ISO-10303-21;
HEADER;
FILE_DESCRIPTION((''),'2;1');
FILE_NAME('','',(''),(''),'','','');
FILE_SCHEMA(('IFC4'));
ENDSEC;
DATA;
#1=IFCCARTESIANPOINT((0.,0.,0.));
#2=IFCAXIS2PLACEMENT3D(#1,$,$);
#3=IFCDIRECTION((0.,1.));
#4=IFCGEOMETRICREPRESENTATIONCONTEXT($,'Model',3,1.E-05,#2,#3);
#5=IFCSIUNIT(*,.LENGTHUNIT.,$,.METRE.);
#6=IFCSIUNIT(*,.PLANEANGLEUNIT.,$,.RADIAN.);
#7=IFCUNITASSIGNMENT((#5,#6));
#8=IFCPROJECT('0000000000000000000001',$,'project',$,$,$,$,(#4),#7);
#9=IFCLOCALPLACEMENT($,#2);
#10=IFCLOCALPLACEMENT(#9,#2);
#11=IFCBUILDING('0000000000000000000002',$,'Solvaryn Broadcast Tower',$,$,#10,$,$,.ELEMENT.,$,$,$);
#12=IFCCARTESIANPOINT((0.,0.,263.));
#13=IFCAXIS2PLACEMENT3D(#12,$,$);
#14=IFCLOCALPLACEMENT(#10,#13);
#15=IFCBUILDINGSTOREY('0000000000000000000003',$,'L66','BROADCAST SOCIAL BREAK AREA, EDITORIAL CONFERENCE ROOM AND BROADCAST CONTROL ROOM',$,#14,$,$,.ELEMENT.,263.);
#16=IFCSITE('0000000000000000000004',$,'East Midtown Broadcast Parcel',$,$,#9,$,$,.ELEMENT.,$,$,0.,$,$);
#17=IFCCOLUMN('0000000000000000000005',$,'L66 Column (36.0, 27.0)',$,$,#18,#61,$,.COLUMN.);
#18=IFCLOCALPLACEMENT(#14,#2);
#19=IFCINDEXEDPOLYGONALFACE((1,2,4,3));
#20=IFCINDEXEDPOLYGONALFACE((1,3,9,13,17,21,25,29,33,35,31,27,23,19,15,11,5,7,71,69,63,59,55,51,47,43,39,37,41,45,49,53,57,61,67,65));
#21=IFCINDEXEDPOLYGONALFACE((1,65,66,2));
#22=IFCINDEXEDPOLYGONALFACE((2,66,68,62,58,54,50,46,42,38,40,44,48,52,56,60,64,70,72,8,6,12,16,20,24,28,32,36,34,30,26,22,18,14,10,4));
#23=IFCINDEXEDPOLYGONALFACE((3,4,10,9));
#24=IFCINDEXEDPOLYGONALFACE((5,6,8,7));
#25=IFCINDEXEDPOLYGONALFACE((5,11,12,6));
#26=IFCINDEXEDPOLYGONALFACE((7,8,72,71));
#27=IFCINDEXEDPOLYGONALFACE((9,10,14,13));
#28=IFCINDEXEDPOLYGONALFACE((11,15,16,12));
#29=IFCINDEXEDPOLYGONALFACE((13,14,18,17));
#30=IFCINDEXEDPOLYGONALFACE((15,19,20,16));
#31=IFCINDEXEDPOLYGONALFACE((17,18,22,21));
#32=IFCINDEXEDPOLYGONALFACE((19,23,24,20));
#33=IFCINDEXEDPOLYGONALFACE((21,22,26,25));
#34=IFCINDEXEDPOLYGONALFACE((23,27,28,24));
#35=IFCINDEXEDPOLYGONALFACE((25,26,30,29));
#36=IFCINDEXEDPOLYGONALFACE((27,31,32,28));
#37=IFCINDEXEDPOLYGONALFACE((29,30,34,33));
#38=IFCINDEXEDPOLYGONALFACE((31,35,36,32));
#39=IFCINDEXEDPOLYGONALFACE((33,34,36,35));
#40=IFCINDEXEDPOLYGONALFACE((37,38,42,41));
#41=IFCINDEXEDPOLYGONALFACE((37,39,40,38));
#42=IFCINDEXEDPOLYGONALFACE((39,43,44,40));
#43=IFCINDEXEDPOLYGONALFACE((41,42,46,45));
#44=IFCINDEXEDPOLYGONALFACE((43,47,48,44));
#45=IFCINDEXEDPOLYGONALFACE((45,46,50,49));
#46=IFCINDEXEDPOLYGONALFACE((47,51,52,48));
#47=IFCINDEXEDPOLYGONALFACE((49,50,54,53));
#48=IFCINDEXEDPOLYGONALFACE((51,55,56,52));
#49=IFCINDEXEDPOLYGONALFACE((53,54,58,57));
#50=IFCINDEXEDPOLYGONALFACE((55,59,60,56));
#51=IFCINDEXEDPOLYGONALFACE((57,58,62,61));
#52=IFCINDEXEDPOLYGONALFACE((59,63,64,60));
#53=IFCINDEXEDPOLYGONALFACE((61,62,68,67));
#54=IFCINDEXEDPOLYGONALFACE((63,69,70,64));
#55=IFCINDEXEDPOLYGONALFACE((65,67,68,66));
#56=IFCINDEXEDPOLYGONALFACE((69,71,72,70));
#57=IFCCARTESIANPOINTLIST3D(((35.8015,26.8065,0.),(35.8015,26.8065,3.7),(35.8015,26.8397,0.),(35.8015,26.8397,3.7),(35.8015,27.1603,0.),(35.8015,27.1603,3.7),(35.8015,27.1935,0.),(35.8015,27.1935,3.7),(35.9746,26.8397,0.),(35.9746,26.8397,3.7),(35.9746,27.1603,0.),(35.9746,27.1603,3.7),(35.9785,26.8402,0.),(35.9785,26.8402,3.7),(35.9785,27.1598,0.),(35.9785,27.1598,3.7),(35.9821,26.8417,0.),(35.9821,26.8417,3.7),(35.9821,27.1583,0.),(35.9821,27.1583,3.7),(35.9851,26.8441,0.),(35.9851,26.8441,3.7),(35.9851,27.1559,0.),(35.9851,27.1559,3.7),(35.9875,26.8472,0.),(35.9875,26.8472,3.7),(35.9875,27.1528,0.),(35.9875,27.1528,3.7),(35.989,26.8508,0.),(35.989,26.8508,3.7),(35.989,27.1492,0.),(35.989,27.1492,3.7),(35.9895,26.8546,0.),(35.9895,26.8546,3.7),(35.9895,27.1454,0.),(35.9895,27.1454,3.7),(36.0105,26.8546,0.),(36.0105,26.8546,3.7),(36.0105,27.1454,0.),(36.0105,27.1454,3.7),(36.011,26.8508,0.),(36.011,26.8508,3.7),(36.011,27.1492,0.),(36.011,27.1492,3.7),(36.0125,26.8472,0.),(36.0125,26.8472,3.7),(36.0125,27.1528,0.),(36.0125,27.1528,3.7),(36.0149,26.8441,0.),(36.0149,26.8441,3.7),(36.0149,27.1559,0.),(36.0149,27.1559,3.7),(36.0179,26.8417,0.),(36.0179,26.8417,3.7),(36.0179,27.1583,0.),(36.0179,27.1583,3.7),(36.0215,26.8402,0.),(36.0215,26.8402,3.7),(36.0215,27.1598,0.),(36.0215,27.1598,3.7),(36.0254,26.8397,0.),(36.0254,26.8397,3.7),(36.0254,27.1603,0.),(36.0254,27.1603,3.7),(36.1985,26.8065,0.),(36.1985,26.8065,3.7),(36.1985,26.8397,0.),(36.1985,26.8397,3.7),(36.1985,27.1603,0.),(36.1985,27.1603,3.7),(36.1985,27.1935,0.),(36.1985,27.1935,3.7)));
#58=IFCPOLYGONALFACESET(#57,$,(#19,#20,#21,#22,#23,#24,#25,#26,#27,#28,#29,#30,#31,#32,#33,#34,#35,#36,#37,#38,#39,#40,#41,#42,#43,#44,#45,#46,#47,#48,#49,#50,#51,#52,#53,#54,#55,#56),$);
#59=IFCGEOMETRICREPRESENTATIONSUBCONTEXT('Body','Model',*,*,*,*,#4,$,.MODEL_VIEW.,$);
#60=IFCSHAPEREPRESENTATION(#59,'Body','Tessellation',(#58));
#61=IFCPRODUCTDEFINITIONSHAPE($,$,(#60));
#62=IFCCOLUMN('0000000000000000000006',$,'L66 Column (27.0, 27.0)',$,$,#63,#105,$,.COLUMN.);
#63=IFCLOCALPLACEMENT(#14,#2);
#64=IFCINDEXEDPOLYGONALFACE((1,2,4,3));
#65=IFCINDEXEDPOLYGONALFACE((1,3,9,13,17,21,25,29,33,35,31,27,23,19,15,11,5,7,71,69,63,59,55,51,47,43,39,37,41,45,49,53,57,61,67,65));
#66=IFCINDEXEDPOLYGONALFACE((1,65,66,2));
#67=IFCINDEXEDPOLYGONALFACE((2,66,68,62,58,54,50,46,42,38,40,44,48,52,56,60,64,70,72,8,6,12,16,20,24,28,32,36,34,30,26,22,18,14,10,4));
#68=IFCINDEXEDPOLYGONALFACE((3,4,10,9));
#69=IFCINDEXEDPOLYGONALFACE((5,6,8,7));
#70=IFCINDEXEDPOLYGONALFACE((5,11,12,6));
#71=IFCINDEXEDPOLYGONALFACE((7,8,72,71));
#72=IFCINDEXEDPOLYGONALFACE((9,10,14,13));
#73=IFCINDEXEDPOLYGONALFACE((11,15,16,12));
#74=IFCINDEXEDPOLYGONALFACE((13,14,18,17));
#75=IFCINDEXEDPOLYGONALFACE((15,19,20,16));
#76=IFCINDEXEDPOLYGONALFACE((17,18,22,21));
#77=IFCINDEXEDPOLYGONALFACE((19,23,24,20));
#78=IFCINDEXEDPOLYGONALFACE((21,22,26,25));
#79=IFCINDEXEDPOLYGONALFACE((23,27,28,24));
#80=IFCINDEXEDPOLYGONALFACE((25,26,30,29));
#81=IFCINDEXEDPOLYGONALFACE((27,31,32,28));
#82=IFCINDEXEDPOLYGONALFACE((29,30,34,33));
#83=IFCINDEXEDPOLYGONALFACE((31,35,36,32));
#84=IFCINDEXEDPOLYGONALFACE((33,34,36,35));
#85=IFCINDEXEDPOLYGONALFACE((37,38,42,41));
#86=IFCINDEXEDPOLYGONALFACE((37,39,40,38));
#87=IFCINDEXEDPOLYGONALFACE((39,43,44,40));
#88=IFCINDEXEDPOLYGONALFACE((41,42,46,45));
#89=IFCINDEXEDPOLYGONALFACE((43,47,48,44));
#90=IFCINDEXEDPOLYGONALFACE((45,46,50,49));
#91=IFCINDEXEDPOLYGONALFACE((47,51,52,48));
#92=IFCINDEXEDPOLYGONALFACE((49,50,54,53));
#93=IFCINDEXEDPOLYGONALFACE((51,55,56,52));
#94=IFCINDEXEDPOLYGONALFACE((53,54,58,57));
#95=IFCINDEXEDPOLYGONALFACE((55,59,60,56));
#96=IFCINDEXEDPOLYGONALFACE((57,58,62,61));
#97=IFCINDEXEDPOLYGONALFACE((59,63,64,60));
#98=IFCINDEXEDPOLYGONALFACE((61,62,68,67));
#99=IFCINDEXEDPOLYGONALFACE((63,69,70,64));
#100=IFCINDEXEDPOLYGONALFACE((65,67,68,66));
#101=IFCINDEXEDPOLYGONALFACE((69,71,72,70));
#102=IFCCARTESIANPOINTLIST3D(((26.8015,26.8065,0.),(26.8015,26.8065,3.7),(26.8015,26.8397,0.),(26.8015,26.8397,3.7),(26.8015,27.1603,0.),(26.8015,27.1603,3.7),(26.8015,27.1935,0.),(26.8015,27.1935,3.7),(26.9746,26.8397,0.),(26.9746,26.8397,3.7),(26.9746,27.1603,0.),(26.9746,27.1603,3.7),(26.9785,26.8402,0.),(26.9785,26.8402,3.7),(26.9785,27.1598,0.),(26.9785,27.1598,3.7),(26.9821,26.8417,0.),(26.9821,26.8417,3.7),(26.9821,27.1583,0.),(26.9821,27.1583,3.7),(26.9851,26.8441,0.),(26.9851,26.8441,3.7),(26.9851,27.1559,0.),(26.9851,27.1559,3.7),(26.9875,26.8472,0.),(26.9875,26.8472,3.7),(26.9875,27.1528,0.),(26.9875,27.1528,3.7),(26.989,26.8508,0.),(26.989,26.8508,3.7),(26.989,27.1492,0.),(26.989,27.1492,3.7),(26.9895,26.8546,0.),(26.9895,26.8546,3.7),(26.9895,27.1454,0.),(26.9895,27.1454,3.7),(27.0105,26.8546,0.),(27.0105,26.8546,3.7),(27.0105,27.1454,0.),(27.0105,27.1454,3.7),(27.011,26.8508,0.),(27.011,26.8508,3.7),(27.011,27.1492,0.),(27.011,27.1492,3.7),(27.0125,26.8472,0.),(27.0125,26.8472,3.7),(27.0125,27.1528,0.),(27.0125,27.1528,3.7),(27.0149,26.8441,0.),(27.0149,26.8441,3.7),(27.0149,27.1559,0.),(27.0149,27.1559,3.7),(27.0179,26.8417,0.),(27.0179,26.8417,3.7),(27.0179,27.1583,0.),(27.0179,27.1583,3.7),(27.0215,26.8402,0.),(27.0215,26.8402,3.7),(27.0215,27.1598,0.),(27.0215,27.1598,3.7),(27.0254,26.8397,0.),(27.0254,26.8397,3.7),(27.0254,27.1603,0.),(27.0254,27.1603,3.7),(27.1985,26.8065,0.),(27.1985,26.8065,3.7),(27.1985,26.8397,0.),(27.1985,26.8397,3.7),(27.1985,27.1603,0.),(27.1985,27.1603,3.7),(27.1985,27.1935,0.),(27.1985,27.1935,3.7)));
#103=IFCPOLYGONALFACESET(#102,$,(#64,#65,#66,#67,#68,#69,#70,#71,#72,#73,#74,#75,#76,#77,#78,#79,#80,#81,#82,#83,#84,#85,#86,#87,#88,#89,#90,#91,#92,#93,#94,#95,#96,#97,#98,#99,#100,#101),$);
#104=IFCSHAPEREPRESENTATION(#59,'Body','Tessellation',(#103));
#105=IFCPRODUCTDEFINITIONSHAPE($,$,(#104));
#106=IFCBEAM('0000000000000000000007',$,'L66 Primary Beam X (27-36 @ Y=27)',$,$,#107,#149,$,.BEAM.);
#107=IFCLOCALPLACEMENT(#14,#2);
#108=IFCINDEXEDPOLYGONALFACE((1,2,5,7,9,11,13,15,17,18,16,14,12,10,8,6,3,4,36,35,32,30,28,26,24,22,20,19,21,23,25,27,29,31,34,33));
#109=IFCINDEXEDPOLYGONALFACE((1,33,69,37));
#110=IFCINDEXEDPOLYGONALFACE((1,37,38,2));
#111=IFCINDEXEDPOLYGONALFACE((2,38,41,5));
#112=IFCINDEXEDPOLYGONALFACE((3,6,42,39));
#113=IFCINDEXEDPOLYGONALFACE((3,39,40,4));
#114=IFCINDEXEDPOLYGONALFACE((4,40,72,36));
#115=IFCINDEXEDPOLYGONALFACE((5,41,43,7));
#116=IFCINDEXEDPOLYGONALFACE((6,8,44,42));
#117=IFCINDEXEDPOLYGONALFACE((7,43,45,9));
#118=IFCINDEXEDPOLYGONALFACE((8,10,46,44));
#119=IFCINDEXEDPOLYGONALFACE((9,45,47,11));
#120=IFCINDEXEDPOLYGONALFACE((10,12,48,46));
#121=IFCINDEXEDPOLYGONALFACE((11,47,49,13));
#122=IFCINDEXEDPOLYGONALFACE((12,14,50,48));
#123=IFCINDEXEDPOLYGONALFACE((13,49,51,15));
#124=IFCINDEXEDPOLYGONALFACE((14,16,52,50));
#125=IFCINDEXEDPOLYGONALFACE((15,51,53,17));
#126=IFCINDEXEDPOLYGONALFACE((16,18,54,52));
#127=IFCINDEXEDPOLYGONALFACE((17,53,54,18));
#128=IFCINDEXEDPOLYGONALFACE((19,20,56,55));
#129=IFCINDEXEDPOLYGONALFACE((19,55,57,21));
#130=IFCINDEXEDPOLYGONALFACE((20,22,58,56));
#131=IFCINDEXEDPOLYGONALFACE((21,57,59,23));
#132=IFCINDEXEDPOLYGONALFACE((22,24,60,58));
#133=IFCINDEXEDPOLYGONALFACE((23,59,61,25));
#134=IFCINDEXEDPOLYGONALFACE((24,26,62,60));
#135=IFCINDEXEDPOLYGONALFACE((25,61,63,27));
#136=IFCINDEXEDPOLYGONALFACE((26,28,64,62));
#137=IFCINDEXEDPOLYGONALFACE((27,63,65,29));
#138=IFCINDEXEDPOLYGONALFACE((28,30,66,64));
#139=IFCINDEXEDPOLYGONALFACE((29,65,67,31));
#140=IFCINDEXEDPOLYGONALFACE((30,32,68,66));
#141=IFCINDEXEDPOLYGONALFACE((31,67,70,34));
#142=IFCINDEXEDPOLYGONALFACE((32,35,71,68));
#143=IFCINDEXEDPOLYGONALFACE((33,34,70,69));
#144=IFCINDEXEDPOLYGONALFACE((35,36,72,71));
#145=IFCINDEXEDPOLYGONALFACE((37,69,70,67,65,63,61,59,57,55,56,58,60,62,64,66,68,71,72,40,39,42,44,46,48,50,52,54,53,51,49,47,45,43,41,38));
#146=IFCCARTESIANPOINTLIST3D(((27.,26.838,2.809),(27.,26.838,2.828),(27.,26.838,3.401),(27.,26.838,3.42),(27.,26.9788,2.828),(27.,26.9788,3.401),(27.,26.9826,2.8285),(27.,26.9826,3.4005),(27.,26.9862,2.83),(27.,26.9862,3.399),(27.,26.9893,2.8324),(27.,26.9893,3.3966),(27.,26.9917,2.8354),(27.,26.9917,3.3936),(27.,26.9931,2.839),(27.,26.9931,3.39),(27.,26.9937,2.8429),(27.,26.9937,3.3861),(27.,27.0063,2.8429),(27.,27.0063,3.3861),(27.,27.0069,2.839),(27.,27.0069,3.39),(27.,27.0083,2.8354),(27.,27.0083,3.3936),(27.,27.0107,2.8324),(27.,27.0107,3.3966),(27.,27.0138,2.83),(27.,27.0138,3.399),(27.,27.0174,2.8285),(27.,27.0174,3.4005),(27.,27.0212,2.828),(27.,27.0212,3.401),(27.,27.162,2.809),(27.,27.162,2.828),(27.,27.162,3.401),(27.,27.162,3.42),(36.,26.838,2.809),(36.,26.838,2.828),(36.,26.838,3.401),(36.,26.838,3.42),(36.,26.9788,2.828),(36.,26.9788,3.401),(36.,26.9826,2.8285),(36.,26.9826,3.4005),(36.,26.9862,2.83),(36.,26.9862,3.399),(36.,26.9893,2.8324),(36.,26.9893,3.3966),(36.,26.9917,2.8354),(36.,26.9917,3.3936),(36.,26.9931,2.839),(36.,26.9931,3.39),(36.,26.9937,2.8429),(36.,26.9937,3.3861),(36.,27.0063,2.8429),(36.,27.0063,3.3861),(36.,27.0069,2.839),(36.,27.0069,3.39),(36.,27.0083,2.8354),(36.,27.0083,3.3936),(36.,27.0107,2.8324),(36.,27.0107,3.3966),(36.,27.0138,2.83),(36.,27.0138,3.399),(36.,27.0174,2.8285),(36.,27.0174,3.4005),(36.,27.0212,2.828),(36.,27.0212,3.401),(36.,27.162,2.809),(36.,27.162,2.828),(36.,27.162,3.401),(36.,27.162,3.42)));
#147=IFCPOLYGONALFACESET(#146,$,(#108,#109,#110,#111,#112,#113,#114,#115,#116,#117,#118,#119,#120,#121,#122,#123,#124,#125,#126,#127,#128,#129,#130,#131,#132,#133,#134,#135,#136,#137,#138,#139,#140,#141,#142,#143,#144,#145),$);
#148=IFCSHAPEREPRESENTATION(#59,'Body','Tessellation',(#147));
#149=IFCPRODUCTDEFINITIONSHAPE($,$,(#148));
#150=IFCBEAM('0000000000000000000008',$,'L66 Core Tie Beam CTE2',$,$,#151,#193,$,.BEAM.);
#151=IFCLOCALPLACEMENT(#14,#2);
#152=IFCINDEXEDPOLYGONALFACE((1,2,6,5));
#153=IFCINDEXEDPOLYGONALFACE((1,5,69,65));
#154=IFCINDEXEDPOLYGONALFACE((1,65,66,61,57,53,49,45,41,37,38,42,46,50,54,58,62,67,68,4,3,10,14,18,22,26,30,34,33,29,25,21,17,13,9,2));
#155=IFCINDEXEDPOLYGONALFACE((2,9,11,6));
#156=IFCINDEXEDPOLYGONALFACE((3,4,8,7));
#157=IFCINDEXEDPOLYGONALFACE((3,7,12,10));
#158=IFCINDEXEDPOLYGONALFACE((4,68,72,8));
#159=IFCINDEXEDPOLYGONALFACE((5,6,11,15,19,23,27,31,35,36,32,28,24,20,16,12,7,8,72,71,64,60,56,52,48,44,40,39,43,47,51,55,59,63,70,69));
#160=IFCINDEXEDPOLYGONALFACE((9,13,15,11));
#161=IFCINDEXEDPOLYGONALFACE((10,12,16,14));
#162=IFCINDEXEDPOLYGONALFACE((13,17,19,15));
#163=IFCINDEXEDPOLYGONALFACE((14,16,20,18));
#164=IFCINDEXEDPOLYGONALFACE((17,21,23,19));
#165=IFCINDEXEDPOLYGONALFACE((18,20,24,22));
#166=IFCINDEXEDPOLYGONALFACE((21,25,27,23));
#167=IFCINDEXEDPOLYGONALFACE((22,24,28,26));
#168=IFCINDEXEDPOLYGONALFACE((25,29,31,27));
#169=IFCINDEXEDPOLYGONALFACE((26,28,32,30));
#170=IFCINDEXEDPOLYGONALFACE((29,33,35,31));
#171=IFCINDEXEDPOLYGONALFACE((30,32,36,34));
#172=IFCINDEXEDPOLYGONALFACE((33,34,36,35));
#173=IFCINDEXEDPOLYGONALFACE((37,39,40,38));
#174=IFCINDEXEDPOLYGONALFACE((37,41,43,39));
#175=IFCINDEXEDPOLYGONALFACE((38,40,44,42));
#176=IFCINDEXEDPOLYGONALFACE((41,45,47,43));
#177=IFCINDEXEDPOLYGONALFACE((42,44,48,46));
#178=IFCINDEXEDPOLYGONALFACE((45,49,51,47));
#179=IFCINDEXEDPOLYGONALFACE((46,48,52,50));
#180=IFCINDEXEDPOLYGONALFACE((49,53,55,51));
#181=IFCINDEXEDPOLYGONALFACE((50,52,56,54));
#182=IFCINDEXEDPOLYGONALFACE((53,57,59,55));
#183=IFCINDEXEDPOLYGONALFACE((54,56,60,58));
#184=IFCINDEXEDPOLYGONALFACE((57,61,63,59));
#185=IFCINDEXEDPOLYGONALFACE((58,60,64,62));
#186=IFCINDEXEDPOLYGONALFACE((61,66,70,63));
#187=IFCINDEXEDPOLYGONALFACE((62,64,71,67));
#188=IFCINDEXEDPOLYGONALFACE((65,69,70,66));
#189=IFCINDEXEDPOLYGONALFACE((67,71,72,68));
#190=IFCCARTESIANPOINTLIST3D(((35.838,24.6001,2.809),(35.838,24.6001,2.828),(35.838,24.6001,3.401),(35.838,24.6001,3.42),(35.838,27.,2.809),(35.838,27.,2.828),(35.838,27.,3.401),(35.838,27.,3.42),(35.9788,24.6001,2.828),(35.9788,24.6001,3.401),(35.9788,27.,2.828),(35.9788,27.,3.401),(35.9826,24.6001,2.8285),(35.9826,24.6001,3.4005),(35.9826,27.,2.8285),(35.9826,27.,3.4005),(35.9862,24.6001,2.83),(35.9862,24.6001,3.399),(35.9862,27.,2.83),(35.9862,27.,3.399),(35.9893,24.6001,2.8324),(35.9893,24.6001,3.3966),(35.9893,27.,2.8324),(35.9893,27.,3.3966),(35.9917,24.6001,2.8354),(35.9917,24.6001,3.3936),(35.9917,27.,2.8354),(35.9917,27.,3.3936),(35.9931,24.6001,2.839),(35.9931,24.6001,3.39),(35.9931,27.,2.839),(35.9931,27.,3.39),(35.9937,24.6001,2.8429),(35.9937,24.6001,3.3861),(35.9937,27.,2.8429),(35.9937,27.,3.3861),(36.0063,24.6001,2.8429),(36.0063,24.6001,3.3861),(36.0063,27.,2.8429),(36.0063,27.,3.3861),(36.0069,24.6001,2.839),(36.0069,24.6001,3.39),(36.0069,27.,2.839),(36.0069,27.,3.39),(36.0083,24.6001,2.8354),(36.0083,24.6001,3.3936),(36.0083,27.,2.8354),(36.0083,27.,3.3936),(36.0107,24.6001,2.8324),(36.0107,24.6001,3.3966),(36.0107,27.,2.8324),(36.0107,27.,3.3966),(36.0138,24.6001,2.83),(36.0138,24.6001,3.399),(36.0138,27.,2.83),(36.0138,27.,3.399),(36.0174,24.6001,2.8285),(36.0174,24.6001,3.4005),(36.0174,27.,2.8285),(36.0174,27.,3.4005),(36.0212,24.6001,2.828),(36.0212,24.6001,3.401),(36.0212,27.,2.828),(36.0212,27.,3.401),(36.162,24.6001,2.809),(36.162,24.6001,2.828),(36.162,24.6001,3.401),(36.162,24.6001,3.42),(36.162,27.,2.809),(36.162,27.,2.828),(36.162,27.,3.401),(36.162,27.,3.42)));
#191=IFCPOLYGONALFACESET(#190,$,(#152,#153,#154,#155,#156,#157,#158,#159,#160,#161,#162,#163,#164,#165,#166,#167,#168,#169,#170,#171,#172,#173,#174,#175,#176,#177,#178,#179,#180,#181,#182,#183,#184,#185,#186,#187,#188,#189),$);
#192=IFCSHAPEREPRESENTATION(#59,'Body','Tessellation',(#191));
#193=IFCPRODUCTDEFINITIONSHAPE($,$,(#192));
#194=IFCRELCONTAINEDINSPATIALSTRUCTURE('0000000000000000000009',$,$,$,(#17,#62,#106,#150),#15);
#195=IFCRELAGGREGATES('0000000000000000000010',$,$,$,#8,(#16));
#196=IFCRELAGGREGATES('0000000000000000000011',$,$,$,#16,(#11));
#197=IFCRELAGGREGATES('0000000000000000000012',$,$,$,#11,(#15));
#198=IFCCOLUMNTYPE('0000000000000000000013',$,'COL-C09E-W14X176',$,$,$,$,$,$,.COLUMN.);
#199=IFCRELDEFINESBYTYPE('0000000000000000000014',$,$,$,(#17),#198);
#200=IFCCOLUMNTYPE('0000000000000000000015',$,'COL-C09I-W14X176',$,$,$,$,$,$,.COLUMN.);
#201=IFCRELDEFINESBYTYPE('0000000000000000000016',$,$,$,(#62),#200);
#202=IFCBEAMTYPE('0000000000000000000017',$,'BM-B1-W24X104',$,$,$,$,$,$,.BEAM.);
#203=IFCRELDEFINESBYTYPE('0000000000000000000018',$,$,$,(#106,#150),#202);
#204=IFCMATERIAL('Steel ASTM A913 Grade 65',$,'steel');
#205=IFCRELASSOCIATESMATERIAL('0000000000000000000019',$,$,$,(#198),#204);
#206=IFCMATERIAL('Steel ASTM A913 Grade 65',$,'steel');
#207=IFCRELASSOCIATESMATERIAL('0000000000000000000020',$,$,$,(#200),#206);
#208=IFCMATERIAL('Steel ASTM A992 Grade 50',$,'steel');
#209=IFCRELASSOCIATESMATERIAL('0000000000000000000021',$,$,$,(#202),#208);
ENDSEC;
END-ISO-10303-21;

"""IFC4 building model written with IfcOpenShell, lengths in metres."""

from ifc_helpers import new_model, si_unit, direction, frame, origin, origin_2d, place, context, subcontext, project, spatial, i_section, extrude, material, material_profile, profile_set, type_object, element, save


model = new_model("IFC4")

# Units and contexts
model_context = context("Model", 3, precision=1e-05, world=origin(), true_north=direction((0.0, 1.0)))
body_context = subcontext(model_context, "Body", "Model", "MODEL_VIEW")
ifc_project = project(units=[si_unit("LENGTHUNIT", "METRE"), si_unit("PLANEANGLEUNIT", "RADIAN")], contexts=[model_context])

# Site, building, storey
site_placement = place(None, origin())
site = spatial("IfcSite", under=ifc_project, at=site_placement, Name="East Midtown Broadcast Parcel", CompositionType="ELEMENT", RefElevation=0.0)
building_placement = place(site_placement, origin())
building = spatial("IfcBuilding", under=site, at=building_placement, Name="Solvaryn Broadcast Tower", CompositionType="ELEMENT")
storey_placement = place(building_placement, frame((0.0, 0.0, 263.0)))
storey = spatial("IfcBuildingStorey", under=building, at=storey_placement, Name="L66", Description="BROADCAST SOCIAL BREAK AREA, EDITORIAL CONFERENCE ROOM AND BROADCAST CONTROL ROOM", CompositionType="ELEMENT", Elevation=263.0)

# Columns
ifc_material_1 = material(Name="Steel ASTM A913 Grade 65", Category="steel")
ifc_material_profile_1 = material_profile(ifc_material_1, i_section(OverallWidth=0.397, OverallDepth=0.387, WebThickness=0.021, FlangeThickness=0.0332, FilletRadius=0.0149, at=origin_2d()))
ifc_profile_set_1 = profile_set([ifc_material_profile_1], Name="Steel ASTM A913 Grade 65")
column_type_1 = type_object("IfcColumnType", Name="COL-C09E-W14X176", PredefinedType="COLUMN", material=ifc_profile_set_1)
column_1_placement = place(storey_placement, frame((36.0, 27.0, 0.0), z_axis=(0.0, 0.0, 1.0), x_axis=(1.0, 0.0, 0.0)))
element("IfcColumn", 1, at=column_1_placement, inside=storey, type_object=column_type_1, Name="L66 Column (36.0, 27.0)", PredefinedType="COLUMN", context=body_context, shape_type="SweptSolid", body=[
    extrude(i_section(OverallWidth=0.397, OverallDepth=0.387, WebThickness=0.021, FlangeThickness=0.0332, FilletRadius=0.0149, at=origin_2d()), origin(), (0.0, 0.0, 1.0), 3.7),
])
ifc_material_2 = material(Name="Steel ASTM A913 Grade 65", Category="steel")
ifc_material_profile_2 = material_profile(ifc_material_2, i_section(OverallWidth=0.397, OverallDepth=0.387, WebThickness=0.021, FlangeThickness=0.0332, FilletRadius=0.0149, at=origin_2d()))
ifc_profile_set_2 = profile_set([ifc_material_profile_2], Name="Steel ASTM A913 Grade 65")
column_type_2 = type_object("IfcColumnType", Name="COL-C09I-W14X176", PredefinedType="COLUMN", material=ifc_profile_set_2)
column_2_placement = place(storey_placement, frame((27.0, 27.0, 0.0), z_axis=(0.0, 0.0, 1.0), x_axis=(1.0, 0.0, 0.0)))
element("IfcColumn", 2, at=column_2_placement, inside=storey, type_object=column_type_2, Name="L66 Column (27.0, 27.0)", PredefinedType="COLUMN", context=body_context, shape_type="SweptSolid", body=[
    extrude(i_section(OverallWidth=0.397, OverallDepth=0.387, WebThickness=0.021, FlangeThickness=0.0332, FilletRadius=0.0149, at=origin_2d()), origin(), (0.0, 0.0, 1.0), 3.7),
])

# Beams
ifc_material_3 = material(Name="Steel ASTM A992 Grade 50", Category="steel")
ifc_material_profile_3 = material_profile(ifc_material_3, i_section(OverallWidth=0.324, OverallDepth=0.6111, WebThickness=0.0127, FlangeThickness=0.019, FilletRadius=0.0149, at=origin_2d()))
ifc_profile_set_3 = profile_set([ifc_material_profile_3], Name="Steel ASTM A992 Grade 50")
beam_type_1 = type_object("IfcBeamType", Name="BM-B1-W24X104", PredefinedType="BEAM", material=ifc_profile_set_3)
beam_1_placement = place(storey_placement, frame((27.0, 27.0, 3.1145), z_axis=(1.0, 0.0, 0.0), x_axis=(0.0, 1.0, 0.0)))
element("IfcBeam", 3, at=beam_1_placement, inside=storey, type_object=beam_type_1, Name="L66 Primary Beam X (27-36 @ Y=27)", PredefinedType="BEAM", context=body_context, shape_type="SweptSolid", body=[
    extrude(i_section(OverallWidth=0.324, OverallDepth=0.6111, WebThickness=0.0127, FlangeThickness=0.019, FilletRadius=0.0149, at=origin_2d()), origin(), (0.0, 0.0, 1.0), 9.0),
])
beam_2_placement = place(storey_placement, frame((36.0, 24.6001, 3.1145), z_axis=(0.0, 1.0, 0.0), x_axis=(-1.0, 0.0, 0.0)))
element("IfcBeam", 4, at=beam_2_placement, inside=storey, type_object=beam_type_1, Name="L66 Core Tie Beam CTE2", PredefinedType="BEAM", context=body_context, shape_type="SweptSolid", body=[
    extrude(i_section(OverallWidth=0.324, OverallDepth=0.6111, WebThickness=0.0127, FlangeThickness=0.019, FilletRadius=0.0149, at=origin_2d()), origin(), (0.0, 0.0, 1.0), 2.3999),
])

save(model, "model.ifc")
